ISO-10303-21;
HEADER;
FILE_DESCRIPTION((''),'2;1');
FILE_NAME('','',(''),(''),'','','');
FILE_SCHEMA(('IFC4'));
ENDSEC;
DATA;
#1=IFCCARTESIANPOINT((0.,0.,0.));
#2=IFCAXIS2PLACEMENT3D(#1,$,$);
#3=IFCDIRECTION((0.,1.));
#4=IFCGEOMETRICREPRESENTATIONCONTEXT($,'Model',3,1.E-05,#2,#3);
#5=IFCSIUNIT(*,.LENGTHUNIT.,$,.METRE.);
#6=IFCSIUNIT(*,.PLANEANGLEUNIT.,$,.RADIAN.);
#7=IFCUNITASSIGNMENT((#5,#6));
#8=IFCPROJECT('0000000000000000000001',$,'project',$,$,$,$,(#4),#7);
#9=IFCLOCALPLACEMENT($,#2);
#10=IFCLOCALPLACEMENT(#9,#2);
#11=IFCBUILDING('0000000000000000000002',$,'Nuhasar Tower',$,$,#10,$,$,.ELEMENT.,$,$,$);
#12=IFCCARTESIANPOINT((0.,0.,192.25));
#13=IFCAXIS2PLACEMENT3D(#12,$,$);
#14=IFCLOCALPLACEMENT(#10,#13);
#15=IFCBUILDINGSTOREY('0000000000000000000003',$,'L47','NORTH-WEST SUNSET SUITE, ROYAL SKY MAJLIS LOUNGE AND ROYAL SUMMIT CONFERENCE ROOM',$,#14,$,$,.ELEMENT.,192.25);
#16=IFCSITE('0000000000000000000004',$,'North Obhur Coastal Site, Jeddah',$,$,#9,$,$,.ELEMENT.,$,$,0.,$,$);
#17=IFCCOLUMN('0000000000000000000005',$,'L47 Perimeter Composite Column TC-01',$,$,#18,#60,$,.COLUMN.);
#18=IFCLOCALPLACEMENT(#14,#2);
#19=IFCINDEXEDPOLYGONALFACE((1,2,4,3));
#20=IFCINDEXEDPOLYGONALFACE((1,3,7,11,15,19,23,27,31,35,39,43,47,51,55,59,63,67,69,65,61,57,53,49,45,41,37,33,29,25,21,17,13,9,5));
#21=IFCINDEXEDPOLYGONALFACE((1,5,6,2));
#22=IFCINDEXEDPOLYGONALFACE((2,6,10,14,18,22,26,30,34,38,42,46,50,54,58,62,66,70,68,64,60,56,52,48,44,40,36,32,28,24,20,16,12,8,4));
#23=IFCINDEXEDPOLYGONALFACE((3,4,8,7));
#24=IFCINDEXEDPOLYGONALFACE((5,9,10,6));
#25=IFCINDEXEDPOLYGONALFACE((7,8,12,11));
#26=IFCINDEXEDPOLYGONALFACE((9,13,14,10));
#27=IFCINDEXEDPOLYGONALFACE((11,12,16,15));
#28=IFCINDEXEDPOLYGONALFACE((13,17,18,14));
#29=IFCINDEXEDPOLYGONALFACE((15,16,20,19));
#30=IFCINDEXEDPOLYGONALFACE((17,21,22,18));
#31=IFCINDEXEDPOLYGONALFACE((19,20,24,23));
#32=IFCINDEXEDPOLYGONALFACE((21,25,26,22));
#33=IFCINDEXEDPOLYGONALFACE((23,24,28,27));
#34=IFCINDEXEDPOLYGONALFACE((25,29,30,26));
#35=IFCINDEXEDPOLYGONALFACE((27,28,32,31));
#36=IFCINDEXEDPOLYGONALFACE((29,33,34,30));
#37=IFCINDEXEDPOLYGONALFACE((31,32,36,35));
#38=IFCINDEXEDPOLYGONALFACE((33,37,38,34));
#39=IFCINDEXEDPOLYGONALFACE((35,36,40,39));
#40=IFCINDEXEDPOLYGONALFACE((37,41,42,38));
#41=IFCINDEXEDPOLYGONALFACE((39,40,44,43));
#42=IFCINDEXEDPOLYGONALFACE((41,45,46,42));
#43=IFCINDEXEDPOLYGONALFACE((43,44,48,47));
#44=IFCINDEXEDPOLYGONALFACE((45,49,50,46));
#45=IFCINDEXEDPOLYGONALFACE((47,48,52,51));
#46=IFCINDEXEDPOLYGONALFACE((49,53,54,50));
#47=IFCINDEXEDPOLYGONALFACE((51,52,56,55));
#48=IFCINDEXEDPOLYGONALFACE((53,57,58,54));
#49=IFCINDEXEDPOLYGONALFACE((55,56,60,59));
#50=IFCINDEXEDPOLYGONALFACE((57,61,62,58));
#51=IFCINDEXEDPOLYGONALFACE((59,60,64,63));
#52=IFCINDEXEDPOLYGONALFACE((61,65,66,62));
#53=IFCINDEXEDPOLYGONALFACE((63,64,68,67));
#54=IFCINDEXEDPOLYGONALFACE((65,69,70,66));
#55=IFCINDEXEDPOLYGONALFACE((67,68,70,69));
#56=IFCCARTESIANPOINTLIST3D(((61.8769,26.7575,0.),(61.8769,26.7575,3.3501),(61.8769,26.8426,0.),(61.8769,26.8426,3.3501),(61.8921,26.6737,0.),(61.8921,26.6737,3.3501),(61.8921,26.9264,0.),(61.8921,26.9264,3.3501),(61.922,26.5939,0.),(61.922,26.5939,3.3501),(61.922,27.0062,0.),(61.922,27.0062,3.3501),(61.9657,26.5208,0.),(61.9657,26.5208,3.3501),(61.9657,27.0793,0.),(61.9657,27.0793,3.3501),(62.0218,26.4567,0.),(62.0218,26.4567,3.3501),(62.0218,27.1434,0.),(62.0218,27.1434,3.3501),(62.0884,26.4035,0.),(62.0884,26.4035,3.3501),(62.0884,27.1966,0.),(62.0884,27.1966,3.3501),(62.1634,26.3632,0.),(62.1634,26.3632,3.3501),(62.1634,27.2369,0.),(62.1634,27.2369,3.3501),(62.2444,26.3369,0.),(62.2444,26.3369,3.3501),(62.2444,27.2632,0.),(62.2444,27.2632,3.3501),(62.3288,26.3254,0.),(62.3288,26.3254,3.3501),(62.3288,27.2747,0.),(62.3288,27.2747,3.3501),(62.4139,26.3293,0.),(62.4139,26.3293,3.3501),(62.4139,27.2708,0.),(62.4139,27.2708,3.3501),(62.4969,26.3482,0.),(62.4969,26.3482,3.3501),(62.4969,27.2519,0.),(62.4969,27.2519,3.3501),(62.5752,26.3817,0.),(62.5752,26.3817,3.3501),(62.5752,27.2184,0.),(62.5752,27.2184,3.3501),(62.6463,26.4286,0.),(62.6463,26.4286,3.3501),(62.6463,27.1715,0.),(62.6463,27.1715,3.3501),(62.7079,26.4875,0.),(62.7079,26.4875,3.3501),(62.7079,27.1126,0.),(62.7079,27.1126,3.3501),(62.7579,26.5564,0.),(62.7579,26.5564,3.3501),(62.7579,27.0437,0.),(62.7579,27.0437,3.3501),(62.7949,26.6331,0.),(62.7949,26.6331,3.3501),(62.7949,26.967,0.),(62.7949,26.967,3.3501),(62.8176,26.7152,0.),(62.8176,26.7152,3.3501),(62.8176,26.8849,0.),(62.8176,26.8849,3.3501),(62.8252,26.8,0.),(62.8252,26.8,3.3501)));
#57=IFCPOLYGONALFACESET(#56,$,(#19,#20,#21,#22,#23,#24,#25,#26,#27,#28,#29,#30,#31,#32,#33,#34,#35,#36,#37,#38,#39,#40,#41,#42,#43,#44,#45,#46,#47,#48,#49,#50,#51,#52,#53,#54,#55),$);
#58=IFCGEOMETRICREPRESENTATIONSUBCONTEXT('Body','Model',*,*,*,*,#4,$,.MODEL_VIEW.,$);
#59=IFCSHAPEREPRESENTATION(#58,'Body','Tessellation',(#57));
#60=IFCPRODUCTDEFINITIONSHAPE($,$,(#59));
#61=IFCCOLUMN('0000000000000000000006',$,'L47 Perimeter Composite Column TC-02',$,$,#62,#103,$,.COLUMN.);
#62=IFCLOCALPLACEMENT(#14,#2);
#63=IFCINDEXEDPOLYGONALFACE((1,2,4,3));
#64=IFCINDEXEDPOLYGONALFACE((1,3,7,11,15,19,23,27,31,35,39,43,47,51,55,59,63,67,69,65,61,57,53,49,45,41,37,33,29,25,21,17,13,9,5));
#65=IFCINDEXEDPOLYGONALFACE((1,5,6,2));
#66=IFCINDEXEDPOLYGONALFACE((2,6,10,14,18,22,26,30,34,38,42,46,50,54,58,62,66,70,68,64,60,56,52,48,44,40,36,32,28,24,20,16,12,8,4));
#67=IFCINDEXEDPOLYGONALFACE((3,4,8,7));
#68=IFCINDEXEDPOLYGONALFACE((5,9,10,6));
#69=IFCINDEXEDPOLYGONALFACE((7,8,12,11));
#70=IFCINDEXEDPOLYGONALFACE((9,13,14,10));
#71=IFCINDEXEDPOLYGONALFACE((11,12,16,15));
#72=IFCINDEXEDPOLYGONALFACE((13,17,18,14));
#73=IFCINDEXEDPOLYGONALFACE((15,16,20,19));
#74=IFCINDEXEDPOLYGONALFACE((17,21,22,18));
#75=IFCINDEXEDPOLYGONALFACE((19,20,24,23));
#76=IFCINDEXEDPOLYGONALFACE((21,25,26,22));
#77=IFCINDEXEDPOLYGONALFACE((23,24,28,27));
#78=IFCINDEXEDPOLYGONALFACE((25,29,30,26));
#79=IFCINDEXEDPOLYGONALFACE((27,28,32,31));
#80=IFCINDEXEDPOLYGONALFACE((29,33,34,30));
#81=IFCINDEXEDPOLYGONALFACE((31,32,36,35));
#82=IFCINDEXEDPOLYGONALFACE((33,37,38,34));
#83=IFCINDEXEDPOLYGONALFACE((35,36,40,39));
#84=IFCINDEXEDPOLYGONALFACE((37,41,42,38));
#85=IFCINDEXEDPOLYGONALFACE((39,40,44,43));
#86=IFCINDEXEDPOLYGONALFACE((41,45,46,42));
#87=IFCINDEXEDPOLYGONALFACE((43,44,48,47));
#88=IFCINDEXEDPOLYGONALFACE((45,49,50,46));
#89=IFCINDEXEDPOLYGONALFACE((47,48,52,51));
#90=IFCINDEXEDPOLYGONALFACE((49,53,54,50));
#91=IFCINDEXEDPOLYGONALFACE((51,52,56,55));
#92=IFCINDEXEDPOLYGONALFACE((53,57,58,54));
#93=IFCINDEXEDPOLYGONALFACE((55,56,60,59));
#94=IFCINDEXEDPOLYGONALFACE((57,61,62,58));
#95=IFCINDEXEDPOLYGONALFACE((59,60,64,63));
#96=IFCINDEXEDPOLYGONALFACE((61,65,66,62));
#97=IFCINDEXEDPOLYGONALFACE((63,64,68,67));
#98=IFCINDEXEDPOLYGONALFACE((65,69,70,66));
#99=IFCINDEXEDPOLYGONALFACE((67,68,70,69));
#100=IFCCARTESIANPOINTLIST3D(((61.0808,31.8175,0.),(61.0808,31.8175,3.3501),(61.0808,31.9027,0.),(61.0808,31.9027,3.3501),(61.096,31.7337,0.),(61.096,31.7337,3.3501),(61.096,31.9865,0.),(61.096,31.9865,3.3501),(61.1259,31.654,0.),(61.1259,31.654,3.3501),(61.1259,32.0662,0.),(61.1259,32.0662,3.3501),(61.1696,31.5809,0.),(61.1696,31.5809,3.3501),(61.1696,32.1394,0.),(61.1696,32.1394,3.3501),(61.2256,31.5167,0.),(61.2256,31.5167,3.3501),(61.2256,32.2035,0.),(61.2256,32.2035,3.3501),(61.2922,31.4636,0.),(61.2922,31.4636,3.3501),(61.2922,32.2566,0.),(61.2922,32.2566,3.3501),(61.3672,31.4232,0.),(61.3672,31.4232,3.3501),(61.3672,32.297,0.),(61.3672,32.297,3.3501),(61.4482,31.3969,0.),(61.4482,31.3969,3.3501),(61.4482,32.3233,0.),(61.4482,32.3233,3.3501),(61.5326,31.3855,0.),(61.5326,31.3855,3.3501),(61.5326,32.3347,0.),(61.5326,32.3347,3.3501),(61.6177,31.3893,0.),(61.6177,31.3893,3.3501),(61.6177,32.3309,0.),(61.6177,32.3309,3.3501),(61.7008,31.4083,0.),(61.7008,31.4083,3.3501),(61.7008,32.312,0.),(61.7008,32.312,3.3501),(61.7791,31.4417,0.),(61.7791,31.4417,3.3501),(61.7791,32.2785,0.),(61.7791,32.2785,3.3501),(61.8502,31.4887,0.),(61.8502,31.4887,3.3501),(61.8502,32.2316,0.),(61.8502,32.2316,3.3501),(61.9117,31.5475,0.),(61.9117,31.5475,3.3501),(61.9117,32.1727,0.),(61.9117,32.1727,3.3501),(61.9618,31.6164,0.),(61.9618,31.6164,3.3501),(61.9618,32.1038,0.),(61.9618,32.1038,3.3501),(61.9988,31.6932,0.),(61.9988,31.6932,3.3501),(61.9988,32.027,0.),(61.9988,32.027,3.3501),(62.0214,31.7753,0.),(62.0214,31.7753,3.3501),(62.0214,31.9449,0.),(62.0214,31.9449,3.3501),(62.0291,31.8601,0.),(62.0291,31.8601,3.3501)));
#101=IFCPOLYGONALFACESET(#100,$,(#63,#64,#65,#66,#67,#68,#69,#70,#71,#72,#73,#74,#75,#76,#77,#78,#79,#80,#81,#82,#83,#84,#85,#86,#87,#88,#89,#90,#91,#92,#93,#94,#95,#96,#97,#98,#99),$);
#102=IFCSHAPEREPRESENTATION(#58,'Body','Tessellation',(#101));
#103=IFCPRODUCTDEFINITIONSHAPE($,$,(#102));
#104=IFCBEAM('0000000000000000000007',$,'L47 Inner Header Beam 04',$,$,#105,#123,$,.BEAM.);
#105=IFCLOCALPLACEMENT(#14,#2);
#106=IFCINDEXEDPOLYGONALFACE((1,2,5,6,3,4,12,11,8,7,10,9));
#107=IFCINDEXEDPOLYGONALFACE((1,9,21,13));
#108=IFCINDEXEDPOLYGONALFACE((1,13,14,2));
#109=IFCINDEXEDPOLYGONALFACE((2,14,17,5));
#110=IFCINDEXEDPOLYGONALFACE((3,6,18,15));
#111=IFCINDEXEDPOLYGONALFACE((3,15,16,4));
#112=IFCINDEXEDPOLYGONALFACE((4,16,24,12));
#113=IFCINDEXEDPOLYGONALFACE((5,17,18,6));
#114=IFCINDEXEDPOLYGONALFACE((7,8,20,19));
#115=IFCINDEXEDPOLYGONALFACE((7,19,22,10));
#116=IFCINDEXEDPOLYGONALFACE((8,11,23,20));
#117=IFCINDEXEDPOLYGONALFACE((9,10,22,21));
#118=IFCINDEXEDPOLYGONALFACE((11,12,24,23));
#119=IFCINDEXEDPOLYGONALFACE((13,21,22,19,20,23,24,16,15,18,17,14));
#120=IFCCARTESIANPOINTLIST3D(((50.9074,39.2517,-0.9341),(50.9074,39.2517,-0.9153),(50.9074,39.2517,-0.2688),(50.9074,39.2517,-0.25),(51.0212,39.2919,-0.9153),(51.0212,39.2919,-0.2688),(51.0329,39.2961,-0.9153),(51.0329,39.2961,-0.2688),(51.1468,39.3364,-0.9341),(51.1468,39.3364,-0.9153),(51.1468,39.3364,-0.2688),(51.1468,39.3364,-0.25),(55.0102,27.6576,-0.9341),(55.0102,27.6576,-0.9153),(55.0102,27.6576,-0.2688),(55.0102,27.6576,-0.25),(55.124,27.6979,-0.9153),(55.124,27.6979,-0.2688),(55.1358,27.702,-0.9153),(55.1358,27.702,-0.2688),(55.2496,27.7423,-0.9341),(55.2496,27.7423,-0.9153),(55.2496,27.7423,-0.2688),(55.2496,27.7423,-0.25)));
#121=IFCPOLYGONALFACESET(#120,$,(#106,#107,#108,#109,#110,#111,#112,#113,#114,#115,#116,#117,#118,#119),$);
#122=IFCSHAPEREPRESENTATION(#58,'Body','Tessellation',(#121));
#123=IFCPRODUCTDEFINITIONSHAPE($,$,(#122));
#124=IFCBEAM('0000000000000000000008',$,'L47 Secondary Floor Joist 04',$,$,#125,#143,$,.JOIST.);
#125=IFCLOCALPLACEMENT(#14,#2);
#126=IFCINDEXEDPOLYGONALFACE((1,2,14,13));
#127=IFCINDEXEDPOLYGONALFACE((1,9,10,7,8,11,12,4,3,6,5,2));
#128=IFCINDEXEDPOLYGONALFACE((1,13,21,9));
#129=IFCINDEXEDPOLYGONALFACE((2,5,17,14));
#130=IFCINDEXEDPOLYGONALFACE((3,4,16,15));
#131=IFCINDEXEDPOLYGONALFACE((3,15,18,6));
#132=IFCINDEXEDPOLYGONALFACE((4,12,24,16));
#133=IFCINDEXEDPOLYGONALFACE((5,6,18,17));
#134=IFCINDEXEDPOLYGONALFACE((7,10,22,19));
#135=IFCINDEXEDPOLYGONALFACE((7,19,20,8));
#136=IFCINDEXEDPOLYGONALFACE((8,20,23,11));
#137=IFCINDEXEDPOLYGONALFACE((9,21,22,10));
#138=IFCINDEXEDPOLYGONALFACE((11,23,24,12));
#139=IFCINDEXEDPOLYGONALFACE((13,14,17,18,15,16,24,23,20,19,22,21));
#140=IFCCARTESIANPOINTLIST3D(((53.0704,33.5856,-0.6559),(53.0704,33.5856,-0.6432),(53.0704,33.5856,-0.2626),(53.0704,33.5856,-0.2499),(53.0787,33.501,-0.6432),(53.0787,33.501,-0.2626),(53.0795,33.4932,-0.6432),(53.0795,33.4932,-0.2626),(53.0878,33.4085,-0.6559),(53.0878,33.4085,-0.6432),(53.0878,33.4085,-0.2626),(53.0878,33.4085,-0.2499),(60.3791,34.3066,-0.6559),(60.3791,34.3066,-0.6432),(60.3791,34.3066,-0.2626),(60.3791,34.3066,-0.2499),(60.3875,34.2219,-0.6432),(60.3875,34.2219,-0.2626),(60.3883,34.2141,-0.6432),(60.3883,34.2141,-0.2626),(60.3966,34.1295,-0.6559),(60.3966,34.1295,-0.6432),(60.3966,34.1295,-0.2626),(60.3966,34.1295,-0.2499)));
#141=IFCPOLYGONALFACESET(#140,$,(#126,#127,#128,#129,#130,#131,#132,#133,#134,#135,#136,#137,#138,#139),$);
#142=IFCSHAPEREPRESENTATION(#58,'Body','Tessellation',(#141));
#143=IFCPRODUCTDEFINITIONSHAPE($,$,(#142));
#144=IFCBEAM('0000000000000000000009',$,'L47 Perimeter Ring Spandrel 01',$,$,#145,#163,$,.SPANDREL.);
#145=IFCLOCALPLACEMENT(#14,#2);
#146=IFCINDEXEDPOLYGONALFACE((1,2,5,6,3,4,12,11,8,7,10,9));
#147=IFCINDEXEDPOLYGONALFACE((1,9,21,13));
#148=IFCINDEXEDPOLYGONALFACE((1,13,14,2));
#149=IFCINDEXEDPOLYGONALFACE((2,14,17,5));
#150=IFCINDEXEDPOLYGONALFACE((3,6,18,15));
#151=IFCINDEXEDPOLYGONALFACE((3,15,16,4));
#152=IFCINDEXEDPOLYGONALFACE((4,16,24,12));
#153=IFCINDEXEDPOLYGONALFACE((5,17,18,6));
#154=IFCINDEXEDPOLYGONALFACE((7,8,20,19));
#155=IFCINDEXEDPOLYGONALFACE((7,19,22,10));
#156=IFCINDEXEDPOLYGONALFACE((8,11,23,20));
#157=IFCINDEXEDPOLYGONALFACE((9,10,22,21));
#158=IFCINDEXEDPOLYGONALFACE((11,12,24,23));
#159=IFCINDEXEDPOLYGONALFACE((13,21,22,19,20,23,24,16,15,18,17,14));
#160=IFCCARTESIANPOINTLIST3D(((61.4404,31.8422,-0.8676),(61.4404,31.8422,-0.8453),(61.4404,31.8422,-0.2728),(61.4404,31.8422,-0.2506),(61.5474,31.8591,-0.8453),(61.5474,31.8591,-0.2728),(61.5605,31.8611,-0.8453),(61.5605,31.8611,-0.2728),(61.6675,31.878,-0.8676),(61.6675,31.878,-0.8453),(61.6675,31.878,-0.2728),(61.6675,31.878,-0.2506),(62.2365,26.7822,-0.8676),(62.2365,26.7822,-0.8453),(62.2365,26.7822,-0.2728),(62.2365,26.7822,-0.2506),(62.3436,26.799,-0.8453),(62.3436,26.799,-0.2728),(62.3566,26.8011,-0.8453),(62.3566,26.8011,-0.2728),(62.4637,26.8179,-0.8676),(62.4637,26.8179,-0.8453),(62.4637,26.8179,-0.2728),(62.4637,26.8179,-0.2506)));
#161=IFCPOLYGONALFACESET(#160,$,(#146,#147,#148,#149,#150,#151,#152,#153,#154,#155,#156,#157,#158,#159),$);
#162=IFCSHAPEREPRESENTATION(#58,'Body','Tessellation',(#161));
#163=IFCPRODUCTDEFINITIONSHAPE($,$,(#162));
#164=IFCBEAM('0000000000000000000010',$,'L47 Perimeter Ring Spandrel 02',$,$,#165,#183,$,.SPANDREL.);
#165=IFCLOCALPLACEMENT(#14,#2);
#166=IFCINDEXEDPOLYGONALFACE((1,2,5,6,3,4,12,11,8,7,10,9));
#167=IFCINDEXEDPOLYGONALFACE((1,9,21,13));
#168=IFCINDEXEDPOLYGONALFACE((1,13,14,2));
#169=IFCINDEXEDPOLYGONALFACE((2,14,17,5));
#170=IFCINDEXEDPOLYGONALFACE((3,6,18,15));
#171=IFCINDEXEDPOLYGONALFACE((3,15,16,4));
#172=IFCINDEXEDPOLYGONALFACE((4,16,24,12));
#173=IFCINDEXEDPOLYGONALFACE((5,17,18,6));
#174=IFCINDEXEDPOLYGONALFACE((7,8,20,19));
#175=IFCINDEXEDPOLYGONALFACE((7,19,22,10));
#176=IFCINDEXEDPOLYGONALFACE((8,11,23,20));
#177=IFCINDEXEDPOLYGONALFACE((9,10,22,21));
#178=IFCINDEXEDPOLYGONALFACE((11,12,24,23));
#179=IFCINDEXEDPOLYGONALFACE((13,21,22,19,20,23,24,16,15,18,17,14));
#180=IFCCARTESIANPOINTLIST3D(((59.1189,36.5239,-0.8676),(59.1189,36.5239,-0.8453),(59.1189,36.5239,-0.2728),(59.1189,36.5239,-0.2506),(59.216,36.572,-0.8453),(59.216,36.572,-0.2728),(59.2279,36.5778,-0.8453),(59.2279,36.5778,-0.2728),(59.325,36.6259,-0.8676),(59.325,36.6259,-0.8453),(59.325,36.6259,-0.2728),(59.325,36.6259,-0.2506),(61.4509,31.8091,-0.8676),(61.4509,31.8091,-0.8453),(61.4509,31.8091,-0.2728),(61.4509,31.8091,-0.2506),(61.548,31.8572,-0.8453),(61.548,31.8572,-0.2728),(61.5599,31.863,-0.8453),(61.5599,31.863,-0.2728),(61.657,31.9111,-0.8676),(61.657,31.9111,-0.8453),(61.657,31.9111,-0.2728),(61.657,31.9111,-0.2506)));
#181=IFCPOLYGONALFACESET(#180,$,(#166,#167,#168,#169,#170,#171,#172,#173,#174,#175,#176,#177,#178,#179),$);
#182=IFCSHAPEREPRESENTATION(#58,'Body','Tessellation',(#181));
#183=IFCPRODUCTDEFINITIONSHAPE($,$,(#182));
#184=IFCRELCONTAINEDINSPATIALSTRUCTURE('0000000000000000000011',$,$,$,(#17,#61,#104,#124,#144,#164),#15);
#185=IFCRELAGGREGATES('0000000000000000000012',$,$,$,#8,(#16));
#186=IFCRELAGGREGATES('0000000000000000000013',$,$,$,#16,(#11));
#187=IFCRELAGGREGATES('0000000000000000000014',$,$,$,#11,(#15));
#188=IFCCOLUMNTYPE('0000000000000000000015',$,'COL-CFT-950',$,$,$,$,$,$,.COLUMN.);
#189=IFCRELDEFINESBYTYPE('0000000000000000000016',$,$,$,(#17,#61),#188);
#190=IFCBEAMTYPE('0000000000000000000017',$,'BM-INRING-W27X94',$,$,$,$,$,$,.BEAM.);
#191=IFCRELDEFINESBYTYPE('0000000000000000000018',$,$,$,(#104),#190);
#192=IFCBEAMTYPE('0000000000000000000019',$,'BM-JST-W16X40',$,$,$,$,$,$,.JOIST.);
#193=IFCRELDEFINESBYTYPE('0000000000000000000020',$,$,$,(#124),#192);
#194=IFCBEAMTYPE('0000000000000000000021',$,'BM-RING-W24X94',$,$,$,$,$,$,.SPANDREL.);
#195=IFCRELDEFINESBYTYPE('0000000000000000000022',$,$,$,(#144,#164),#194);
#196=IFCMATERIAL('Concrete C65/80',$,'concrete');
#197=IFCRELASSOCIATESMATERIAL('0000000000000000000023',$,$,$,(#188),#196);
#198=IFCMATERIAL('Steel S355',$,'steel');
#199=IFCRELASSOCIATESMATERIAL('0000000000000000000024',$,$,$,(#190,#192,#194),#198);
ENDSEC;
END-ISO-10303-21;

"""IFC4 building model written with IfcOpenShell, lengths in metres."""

from ifc_helpers import new_model, si_unit, direction, frame, origin, origin_2d, place, context, subcontext, project, spatial, circle, i_section, extrude, material, material_profile, profile_set, type_object, element, save


model = new_model("IFC4")

# Units and contexts
model_context = context("Model", 3, precision=1e-05, world=origin(), true_north=direction((0.0, 1.0)))
body_context = subcontext(model_context, "Body", "Model", "MODEL_VIEW")
ifc_project = project(units=[si_unit("LENGTHUNIT", "METRE"), si_unit("PLANEANGLEUNIT", "RADIAN")], contexts=[model_context])

# Site, building, storey
site_placement = place(None, origin())
site = spatial("IfcSite", under=ifc_project, at=site_placement, Name="North Obhur Coastal Site, Jeddah", CompositionType="ELEMENT", RefElevation=0.0)
building_placement = place(site_placement, origin())
building = spatial("IfcBuilding", under=site, at=building_placement, Name="Nuhasar Tower", CompositionType="ELEMENT")
storey_placement = place(building_placement, frame((0.0, 0.0, 192.25)))
storey = spatial("IfcBuildingStorey", under=building, at=storey_placement, Name="L47", Description="NORTH-WEST SUNSET SUITE, ROYAL SKY MAJLIS LOUNGE AND ROYAL SUMMIT CONFERENCE ROOM", CompositionType="ELEMENT", Elevation=192.25)

# Columns
ifc_material_1 = material(Name="Concrete C65/80", Category="concrete")
ifc_material_profile_1 = material_profile(ifc_material_1, circle(Radius=0.4751, at=origin_2d()), Name="CFT950")
ifc_profile_set_1 = profile_set([ifc_material_profile_1], Name="Concrete C65/80")
column_type = type_object("IfcColumnType", Name="COL-CFT-950", PredefinedType="COLUMN", material=ifc_profile_set_1)
for number, where, z_axis, x_axis, name in (
    (1, (62.3501, 26.8, 0.0), (0.0, 0.0, 1.0), (1.0, 0.0, 0.0), "L47 Perimeter Composite Column TC-01"),
    (2, (61.554, 31.8601, 0.0), (0.0, 0.0, 1.0), (1.0, 0.0, 0.0), "L47 Perimeter Composite Column TC-02"),
):
    element("IfcColumn", number, at=place(storey_placement, frame(where, z_axis=z_axis, x_axis=x_axis)), inside=storey, type_object=column_type, Name=name, PredefinedType="COLUMN", context=body_context, shape_type="SweptSolid", body=[
        extrude(circle(Radius=0.4751, at=origin_2d()), origin(), (0.0, 0.0, 1.0), 3.3501),
    ])

# Beams
ifc_material_2 = material(Name="Steel S355", Category="steel")
ifc_material_profile_2 = material_profile(ifc_material_2, i_section(OverallWidth=0.2539, OverallDepth=0.6841, WebThickness=0.0125, FlangeThickness=0.0188, at=origin_2d()), Name="W27X94")
ifc_profile_set_2 = profile_set([ifc_material_profile_2], Name="Steel S355")
beam_type_1 = type_object("IfcBeamType", Name="BM-INRING-W27X94", PredefinedType="BEAM", material=ifc_profile_set_2)
beam_1_placement = place(storey_placement, frame((55.1299, 27.7, -0.592), z_axis=(-0.3336, 0.942715, 0.0), x_axis=(-0.942715, -0.3336, 0.0)))
element("IfcBeam", 3, at=beam_1_placement, inside=storey, type_object=beam_type_1, Name="L47 Inner Header Beam 04", PredefinedType="BEAM", context=body_context, shape_type="SweptSolid", body=[
    extrude(i_section(OverallWidth=0.2539, OverallDepth=0.6841, WebThickness=0.0125, FlangeThickness=0.0188, at=origin_2d()), origin(), (0.0, 0.0, 1.0), 12.2986),
])
ifc_material_profile_3 = material_profile(ifc_material_2, i_section(OverallWidth=0.178, OverallDepth=0.406, WebThickness=0.0078, FlangeThickness=0.0127, at=origin_2d()), Name="W16X40")
ifc_profile_set_3 = profile_set([ifc_material_profile_3], Name="Steel S355")
beam_type_2 = type_object("IfcBeamType", Name="BM-JST-W16X40", PredefinedType="JOIST", material=ifc_profile_set_3)
beam_2_placement = place(storey_placement, frame((53.0791, 33.4971, -0.4529), z_axis=(0.99517, 0.098164, 0.0), x_axis=(-0.098164, 0.99517, 0.0)))
element("IfcBeam", 4, at=beam_2_placement, inside=storey, type_object=beam_type_2, Name="L47 Secondary Floor Joist 04", PredefinedType="JOIST", context=body_context, shape_type="SweptSolid", body=[
    extrude(i_section(OverallWidth=0.178, OverallDepth=0.406, WebThickness=0.0078, FlangeThickness=0.0127, at=origin_2d()), origin(), (0.0, 0.0, 1.0), 7.3442),
])
ifc_material_profile_4 = material_profile(ifc_material_2, i_section(OverallWidth=0.23, OverallDepth=0.6169, WebThickness=0.0132, FlangeThickness=0.0222, at=origin_2d()), Name="W24X94")
ifc_profile_set_4 = profile_set([ifc_material_profile_4], Name="Steel S355")
beam_type_3 = type_object("IfcBeamType", Name="BM-RING-W24X94", PredefinedType="SPANDREL", material=ifc_profile_set_4)
beam_3_placement = place(storey_placement, frame((62.3501, 26.8, -0.5591), z_axis=(-0.155427, 0.987847, 0.0), x_axis=(-0.987847, -0.155427, 0.0)))
element("IfcBeam", 5, at=beam_3_placement, inside=storey, type_object=beam_type_3, Name="L47 Perimeter Ring Spandrel 01", PredefinedType="SPANDREL", context=body_context, shape_type="SweptSolid", body=[
    extrude(i_section(OverallWidth=0.23, OverallDepth=0.6169, WebThickness=0.0132, FlangeThickness=0.0222, at=origin_2d()), origin(), (0.0, 0.0, 1.0), 5.1223),
])
beam_4_placement = place(storey_placement, frame((61.554, 31.8601, -0.5591), z_axis=(-0.443348, 0.89635, 0.0), x_axis=(-0.89635, -0.443348, 0.0)))
element("IfcBeam", 6, at=beam_4_placement, inside=storey, type_object=beam_type_3, Name="L47 Perimeter Ring Spandrel 02", PredefinedType="SPANDREL", context=body_context, shape_type="SweptSolid", body=[
    extrude(i_section(OverallWidth=0.23, OverallDepth=0.6169, WebThickness=0.0132, FlangeThickness=0.0222, at=origin_2d()), origin(), (0.0, 0.0, 1.0), 5.26),
])

save(model, "model.ifc")
